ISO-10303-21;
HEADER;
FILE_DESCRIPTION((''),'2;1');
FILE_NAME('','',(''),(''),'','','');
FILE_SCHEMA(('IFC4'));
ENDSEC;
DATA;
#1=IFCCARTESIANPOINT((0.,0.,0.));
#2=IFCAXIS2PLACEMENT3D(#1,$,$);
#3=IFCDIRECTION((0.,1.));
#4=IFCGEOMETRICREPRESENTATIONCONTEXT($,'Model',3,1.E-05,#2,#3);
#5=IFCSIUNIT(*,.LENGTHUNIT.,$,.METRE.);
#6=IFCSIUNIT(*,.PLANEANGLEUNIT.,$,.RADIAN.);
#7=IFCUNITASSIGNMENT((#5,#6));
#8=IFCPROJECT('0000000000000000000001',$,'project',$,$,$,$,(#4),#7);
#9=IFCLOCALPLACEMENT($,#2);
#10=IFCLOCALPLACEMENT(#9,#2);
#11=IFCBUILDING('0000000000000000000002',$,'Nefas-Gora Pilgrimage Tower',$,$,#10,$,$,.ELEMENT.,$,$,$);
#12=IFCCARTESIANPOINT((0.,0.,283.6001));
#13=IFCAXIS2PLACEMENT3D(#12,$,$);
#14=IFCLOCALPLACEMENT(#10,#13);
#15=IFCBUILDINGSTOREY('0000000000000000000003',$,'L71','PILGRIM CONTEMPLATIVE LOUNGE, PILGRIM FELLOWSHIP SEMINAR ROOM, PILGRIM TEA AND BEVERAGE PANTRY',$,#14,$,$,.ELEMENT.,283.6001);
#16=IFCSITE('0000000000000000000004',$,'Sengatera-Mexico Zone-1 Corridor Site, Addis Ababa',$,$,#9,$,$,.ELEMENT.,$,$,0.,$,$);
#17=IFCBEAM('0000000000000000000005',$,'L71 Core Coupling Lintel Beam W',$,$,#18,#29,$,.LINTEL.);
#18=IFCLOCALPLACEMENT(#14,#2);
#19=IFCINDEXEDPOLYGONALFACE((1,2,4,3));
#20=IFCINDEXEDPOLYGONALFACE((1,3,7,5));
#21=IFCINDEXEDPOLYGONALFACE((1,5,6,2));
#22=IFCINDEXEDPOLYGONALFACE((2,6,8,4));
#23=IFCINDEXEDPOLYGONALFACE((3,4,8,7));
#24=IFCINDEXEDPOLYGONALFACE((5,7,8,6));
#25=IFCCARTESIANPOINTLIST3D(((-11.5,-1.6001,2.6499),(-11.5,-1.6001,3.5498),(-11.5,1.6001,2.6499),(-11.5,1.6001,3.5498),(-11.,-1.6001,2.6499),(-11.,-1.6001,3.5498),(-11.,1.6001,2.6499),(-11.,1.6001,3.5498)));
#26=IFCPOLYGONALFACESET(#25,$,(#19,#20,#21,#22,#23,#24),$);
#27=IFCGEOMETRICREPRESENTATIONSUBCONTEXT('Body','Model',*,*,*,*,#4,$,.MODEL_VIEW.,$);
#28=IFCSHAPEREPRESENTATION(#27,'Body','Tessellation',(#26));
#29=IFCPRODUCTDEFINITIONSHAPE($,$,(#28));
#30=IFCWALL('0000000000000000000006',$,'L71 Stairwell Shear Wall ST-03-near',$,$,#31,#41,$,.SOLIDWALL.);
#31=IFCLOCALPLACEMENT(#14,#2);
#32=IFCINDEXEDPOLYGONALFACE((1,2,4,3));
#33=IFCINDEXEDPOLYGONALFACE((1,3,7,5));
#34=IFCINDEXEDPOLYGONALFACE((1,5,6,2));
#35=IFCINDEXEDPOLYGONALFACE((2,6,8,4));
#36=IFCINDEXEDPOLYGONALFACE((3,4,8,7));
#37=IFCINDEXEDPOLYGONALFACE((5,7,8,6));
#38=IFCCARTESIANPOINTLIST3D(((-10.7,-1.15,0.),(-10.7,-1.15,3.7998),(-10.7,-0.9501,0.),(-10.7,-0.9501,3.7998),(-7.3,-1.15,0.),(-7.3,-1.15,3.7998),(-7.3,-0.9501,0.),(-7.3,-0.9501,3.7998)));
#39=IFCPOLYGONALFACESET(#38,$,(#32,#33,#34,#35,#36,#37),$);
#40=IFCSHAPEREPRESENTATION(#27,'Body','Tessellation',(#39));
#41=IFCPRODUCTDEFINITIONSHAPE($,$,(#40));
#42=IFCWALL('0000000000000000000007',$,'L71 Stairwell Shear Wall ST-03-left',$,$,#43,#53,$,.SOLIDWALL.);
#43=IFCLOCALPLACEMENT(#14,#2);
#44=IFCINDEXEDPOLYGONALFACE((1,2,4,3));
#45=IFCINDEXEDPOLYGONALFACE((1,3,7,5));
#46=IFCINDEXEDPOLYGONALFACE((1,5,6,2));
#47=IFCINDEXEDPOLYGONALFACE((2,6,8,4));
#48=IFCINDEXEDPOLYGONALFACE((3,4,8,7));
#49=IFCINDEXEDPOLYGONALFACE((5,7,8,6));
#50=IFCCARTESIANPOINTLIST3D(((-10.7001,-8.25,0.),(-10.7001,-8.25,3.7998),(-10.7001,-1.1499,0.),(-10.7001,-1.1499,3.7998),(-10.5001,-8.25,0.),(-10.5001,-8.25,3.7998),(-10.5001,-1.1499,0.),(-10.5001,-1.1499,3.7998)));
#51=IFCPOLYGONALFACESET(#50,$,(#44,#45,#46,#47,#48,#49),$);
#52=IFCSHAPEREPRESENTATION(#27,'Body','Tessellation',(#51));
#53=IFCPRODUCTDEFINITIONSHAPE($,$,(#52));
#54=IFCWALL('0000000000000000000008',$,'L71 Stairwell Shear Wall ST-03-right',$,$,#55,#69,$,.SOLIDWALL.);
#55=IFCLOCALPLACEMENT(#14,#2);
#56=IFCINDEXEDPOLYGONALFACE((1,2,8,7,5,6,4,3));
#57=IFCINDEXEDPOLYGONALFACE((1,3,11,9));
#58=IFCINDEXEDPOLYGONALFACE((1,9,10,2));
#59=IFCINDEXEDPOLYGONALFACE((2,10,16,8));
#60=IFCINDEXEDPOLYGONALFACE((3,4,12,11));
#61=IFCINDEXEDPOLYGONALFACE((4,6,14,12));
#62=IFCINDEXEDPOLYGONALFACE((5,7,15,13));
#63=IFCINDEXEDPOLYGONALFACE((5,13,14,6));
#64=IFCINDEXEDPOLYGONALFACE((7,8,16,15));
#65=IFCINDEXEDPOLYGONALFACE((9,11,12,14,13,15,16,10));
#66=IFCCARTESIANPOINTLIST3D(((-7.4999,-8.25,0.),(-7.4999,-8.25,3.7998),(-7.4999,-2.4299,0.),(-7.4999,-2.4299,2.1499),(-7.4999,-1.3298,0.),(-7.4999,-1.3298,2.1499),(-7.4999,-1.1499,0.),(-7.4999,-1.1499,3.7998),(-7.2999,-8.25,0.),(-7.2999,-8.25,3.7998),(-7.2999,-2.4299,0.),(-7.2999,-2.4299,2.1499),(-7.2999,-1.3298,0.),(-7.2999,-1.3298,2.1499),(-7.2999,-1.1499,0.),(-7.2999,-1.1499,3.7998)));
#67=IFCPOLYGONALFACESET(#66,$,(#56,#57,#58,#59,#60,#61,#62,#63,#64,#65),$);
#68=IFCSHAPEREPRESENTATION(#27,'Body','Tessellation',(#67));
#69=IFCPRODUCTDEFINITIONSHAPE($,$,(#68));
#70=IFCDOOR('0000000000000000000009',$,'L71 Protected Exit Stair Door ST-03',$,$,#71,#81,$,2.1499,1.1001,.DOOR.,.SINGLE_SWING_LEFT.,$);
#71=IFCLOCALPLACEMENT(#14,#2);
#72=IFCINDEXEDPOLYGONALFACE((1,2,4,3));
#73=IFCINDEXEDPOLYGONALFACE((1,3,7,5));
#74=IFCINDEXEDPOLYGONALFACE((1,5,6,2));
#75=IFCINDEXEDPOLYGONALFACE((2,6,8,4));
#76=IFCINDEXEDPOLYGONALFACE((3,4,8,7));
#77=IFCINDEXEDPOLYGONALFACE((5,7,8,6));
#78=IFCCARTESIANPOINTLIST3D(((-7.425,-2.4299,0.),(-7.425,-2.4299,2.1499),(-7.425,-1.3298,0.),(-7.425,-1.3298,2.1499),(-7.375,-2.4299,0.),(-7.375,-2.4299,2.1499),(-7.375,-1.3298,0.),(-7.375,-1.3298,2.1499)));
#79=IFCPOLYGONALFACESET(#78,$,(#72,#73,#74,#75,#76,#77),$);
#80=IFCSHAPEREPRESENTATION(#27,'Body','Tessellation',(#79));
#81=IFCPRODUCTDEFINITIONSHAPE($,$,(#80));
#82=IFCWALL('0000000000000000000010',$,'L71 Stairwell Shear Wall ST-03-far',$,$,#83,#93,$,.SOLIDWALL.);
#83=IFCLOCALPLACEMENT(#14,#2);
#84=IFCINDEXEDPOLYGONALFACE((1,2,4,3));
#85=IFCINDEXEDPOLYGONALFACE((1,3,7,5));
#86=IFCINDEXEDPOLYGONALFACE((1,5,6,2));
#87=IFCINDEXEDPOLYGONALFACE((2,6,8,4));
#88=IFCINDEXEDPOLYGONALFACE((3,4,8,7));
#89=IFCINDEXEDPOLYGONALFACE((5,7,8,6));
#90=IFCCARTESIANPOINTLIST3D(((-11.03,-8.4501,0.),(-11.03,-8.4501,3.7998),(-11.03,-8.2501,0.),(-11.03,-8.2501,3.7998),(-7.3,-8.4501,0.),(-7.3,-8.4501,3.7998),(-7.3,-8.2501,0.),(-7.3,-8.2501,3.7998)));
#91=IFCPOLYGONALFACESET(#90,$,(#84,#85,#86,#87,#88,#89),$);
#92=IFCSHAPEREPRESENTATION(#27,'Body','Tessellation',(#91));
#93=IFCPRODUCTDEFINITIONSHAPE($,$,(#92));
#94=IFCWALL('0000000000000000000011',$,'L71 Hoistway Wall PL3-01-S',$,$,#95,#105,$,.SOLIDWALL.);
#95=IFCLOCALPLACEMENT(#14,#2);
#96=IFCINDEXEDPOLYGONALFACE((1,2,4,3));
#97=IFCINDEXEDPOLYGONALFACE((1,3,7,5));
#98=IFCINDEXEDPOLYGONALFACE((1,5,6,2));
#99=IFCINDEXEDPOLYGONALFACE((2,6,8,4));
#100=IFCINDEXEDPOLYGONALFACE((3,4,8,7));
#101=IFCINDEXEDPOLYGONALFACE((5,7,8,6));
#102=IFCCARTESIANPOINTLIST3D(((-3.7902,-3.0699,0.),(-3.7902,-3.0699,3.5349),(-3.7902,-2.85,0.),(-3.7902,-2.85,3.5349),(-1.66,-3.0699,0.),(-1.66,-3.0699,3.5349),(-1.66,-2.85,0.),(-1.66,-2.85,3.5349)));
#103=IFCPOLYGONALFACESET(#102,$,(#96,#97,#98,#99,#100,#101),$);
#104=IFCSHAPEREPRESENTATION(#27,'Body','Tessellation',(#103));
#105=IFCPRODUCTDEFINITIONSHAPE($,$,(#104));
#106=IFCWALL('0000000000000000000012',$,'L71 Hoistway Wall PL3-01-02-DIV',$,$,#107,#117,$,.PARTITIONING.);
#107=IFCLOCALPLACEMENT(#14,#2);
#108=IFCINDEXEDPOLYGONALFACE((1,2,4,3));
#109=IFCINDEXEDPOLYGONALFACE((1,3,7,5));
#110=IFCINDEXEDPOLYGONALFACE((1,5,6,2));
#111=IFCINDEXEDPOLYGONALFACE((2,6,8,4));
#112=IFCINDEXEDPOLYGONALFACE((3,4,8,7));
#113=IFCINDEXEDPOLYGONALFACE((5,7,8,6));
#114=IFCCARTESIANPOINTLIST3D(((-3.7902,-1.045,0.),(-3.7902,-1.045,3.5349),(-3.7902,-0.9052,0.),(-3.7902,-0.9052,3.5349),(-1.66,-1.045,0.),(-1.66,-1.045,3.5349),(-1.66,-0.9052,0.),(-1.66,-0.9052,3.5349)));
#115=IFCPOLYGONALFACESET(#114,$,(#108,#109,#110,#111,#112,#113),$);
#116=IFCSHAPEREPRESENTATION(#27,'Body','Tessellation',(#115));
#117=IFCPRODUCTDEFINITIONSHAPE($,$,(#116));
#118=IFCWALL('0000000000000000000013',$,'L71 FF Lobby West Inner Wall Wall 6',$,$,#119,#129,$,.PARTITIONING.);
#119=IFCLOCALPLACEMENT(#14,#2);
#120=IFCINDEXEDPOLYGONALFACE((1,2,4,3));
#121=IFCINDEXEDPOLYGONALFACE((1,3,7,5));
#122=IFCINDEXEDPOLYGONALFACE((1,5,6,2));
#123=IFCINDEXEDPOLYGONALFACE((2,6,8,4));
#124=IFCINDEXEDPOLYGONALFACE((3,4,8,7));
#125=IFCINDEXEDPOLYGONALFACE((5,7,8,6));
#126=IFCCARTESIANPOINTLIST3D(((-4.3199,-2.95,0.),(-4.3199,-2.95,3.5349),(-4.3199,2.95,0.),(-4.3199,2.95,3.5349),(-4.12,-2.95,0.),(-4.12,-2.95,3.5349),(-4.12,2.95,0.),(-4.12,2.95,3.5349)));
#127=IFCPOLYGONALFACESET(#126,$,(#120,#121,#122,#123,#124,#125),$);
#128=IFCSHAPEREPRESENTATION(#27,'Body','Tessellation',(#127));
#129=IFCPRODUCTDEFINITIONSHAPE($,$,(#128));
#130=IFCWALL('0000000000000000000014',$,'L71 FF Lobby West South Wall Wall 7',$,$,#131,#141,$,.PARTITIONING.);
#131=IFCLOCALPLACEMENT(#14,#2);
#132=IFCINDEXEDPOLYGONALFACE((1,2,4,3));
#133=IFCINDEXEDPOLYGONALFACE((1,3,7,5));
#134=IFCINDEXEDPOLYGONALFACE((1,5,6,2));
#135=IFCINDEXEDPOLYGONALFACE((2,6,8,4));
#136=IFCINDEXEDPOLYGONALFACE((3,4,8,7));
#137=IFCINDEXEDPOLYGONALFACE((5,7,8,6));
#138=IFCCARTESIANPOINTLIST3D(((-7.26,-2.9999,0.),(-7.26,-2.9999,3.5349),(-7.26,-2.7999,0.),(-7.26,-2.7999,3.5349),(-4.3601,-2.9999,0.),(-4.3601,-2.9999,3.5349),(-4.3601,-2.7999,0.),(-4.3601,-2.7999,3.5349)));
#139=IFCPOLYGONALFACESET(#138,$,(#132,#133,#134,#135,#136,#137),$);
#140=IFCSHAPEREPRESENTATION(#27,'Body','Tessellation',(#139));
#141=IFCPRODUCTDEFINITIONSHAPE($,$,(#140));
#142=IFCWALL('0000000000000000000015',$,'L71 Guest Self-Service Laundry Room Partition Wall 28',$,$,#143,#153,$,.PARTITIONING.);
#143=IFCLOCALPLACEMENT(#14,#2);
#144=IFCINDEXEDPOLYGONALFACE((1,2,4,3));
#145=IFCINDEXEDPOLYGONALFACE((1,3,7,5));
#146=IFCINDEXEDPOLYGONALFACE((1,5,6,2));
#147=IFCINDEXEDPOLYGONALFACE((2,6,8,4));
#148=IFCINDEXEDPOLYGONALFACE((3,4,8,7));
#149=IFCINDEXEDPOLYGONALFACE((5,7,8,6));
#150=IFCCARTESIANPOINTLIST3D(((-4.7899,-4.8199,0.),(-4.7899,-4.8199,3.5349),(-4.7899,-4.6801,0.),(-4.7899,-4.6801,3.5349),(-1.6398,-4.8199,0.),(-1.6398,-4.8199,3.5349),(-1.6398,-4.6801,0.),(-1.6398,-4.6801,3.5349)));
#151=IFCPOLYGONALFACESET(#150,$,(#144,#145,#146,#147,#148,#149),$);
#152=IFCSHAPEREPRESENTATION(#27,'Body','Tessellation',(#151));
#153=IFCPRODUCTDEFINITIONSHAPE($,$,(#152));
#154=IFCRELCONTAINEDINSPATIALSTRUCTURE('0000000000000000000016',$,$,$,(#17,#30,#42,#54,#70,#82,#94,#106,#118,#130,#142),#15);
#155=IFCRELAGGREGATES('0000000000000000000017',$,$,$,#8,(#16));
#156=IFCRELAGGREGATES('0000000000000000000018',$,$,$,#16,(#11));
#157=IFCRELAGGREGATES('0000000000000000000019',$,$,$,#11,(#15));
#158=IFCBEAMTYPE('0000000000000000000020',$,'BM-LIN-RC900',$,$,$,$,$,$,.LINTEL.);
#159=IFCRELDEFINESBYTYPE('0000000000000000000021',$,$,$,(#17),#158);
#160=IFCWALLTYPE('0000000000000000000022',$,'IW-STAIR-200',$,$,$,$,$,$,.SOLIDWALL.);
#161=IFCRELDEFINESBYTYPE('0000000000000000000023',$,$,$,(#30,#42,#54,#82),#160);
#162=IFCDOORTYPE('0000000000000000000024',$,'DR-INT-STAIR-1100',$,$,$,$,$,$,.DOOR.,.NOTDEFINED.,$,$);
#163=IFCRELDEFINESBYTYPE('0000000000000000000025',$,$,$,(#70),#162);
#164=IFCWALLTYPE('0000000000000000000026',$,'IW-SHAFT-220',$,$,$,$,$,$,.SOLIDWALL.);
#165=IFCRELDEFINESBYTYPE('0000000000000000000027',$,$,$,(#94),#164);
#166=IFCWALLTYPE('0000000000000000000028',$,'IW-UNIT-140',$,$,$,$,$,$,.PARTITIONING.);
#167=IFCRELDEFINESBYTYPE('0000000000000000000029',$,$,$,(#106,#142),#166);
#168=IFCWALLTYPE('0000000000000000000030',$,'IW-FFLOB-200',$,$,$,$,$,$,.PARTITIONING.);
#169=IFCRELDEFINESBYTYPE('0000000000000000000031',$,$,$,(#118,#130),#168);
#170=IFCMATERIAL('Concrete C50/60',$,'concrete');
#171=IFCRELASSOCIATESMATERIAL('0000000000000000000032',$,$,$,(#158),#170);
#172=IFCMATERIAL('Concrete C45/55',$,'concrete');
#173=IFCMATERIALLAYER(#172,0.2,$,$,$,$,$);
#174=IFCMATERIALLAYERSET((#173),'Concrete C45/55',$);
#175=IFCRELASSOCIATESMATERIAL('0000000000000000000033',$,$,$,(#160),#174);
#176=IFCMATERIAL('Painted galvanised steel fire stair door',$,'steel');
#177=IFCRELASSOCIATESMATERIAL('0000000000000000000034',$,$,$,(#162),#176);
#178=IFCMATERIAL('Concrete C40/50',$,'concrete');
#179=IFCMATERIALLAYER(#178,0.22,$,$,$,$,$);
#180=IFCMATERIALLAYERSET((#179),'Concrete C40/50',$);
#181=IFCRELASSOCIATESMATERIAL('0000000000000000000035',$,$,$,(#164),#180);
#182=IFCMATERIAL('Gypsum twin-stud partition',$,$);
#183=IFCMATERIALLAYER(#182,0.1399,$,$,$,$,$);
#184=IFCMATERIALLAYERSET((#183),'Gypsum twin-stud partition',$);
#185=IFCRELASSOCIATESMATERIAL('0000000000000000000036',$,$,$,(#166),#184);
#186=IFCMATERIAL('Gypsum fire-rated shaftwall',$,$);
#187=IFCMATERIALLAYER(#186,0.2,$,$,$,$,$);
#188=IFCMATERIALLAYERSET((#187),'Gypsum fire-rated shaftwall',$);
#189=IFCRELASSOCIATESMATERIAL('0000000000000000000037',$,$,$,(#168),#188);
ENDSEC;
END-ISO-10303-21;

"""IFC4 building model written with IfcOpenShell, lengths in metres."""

from ifc_helpers import new_model, si_unit, direction, frame, frame_2d, origin, origin_2d, place, context, subcontext, project, spatial, rectangle, extrude, source, transform, mapped, material, layer, layer_set, material_profile, profile_set, type_object, element, fill, save


model = new_model("IFC4")

# Units and contexts
model_context = context("Model", 3, precision=1e-05, world=origin(), true_north=direction((0.0, 1.0)))
body_context = subcontext(model_context, "Body", "Model", "MODEL_VIEW")
ifc_project = project(units=[si_unit("LENGTHUNIT", "METRE"), si_unit("PLANEANGLEUNIT", "RADIAN")], contexts=[model_context])

# Site, building, storey
site_placement = place(None, origin())
site = spatial("IfcSite", under=ifc_project, at=site_placement, Name="Sengatera-Mexico Zone-1 Corridor Site, Addis Ababa", CompositionType="ELEMENT", RefElevation=0.0)
building_placement = place(site_placement, origin())
building = spatial("IfcBuilding", under=site, at=building_placement, Name="Nefas-Gora Pilgrimage Tower", CompositionType="ELEMENT")
storey_placement = place(building_placement, frame((0.0, 0.0, 283.6001)))
storey = spatial("IfcBuildingStorey", under=building, at=storey_placement, Name="L71", Description="PILGRIM CONTEMPLATIVE LOUNGE, PILGRIM FELLOWSHIP SEMINAR ROOM, PILGRIM TEA AND BEVERAGE PANTRY", CompositionType="ELEMENT", Elevation=283.6001)

# Beam
ifc_material_1 = material(Name="Concrete C50/60", Category="concrete")
ifc_material_profile = material_profile(ifc_material_1, rectangle(XDim=0.5, YDim=0.8999, at=origin_2d()), Name="RC 500x900")
ifc_profile_set = profile_set([ifc_material_profile], Name="Concrete C50/60")
beam_type = type_object("IfcBeamType", Name="BM-LIN-RC900", PredefinedType="LINTEL", material=ifc_profile_set)
shared_shape_1 = source(origin(), body_context, "Body", "SweptSolid", [
    extrude(rectangle(XDim=0.5, YDim=0.8999, at=origin_2d()), origin(), (0.0, 0.0, 1.0), 3.2002),
])
beam_placement = place(storey_placement, frame((-11.25, -1.6001, 3.0999), z_axis=(0.0, 1.0, 0.0), x_axis=(-1.0, 0.0, 0.0)))
element("IfcBeam", 1, at=beam_placement, inside=storey, type_object=beam_type, Name="L71 Core Coupling Lintel Beam W", PredefinedType="LINTEL", context=body_context, shape_type="MappedRepresentation", body=[
    mapped(shared_shape_1, transform((0.0, 0.0, 0.0), x_axis=(1.0, 0.0, 0.0), y_axis=(0.0, 1.0, 0.0), z_axis=(0.0, 0.0, 1.0), scale=1.0)),
])

# Walls
ifc_material_2 = material(Name="Concrete C45/55", Category="concrete")
ifc_layer_1 = layer(ifc_material_2, 0.2)
ifc_layer_set_1 = layer_set([ifc_layer_1], Name="Concrete C45/55")
wall_type_1 = type_object("IfcWallType", Name="IW-STAIR-200", PredefinedType="SOLIDWALL", material=ifc_layer_set_1)
shared_shape_2 = source(origin(), body_context, "Body", "SweptSolid", [
    extrude(rectangle(XDim=3.3999, YDim=0.2, at=frame_2d((1.7, 0.0))), origin(), (0.0, 0.0, 1.0), 3.7998),
])
wall_1_placement = place(storey_placement, frame((-10.7, -1.05, 0.0), z_axis=(0.0, 0.0, 1.0), x_axis=(1.0, 0.0, 0.0)))
element("IfcWall", 2, at=wall_1_placement, inside=storey, type_object=wall_type_1, Name="L71 Stairwell Shear Wall ST-03-near", PredefinedType="SOLIDWALL", context=body_context, shape_type="MappedRepresentation", body=[
    mapped(shared_shape_2, transform((0.0, 0.0, 0.0), x_axis=(1.0, 0.0, 0.0), y_axis=(0.0, 1.0, 0.0), z_axis=(0.0, 0.0, 1.0), scale=1.0)),
])
shared_shape_3 = source(origin(), body_context, "Body", "SweptSolid", [
    extrude(rectangle(XDim=7.1001, YDim=0.2, at=frame_2d((3.55, 0.0))), origin(), (0.0, 0.0, 1.0), 3.7998),
])
wall_2_placement = place(storey_placement, frame((-10.6001, -1.1499, 0.0), z_axis=(0.0, 0.0, 1.0), x_axis=(0.0, -1.0, 0.0)))
element("IfcWall", 3, at=wall_2_placement, inside=storey, type_object=wall_type_1, Name="L71 Stairwell Shear Wall ST-03-left", PredefinedType="SOLIDWALL", context=body_context, shape_type="MappedRepresentation", body=[
    mapped(shared_shape_3, transform((0.0, 0.0, 0.0), x_axis=(1.0, 0.0, 0.0), y_axis=(0.0, 1.0, 0.0), z_axis=(0.0, 0.0, 1.0), scale=1.0)),
])

# Wall, opening, door
wall_3_placement = place(storey_placement, frame((-7.3999, -1.1499, 0.0), z_axis=(0.0, 0.0, 1.0), x_axis=(0.0, -1.0, 0.0)))
wall_3 = element("IfcWall", 4, at=wall_3_placement, inside=storey, type_object=wall_type_1, Name="L71 Stairwell Shear Wall ST-03-right", PredefinedType="SOLIDWALL", context=body_context, shape_type="MappedRepresentation", body=[
    mapped(shared_shape_3, transform((0.0, 0.0, 0.0), x_axis=(1.0, 0.0, 0.0), y_axis=(0.0, 1.0, 0.0), z_axis=(0.0, 0.0, 1.0), scale=1.0)),
])
opening_placement = place(wall_3_placement, frame((0.1799, 0.0, 0.0)))
opening = element("IfcOpeningElement", 5, at=opening_placement, cuts=wall_3, PredefinedType="OPENING", context=body_context, shape_type="SweptSolid", body=[
    extrude(rectangle(XDim=1.1001, YDim=2.1499, at=frame_2d((0.55, 1.075))), frame((0.0, 0.1099, 0.0), z_axis=(0.0, -1.0, 0.0), x_axis=(1.0, 0.0, 0.0)), (0.0, 0.0, 1.0), 0.22),
])
ifc_material_3 = material(Name="Painted galvanised steel fire stair door", Category="steel")
door_type = type_object("IfcDoorType", Name="DR-INT-STAIR-1100", OperationType="NOTDEFINED", PredefinedType="DOOR", material=ifc_material_3)
shared_shape_4 = source(origin(), body_context, "Body", "SweptSolid", [
    extrude(rectangle(XDim=1.1001, YDim=2.1499, at=frame_2d((0.55, 1.075))), frame((0.0, 0.0249, 0.0), z_axis=(0.0, -1.0, 0.0), x_axis=(1.0, 0.0, 0.0)), (0.0, 0.0, 1.0), 0.05),
])
door_placement = place(opening_placement, origin())
door = element("IfcDoor", 6, at=door_placement, inside=storey, type_object=door_type, Name="L71 Protected Exit Stair Door ST-03", OperationType="SINGLE_SWING_LEFT", OverallHeight=2.1499, OverallWidth=1.1001, PredefinedType="DOOR", context=body_context, shape_type="MappedRepresentation", body=[
    mapped(shared_shape_4, transform((0.0, 0.0, 0.0), x_axis=(1.0, 0.0, 0.0), y_axis=(0.0, 1.0, 0.0), z_axis=(0.0, 0.0, 1.0), scale=1.0)),
])
fill(opening, door)

# Walls
shared_shape_5 = source(origin(), body_context, "Body", "SweptSolid", [
    extrude(rectangle(XDim=3.73, YDim=0.2, at=frame_2d((1.865, 0.0))), origin(), (0.0, 0.0, 1.0), 3.7998),
])
wall_4_placement = place(storey_placement, frame((-11.03, -8.3501, 0.0), z_axis=(0.0, 0.0, 1.0), x_axis=(1.0, 0.0, 0.0)))
element("IfcWall", 7, at=wall_4_placement, inside=storey, type_object=wall_type_1, Name="L71 Stairwell Shear Wall ST-03-far", PredefinedType="SOLIDWALL", context=body_context, shape_type="MappedRepresentation", body=[
    mapped(shared_shape_5, transform((0.0, 0.0, 0.0), x_axis=(1.0, 0.0, 0.0), y_axis=(0.0, 1.0, 0.0), z_axis=(0.0, 0.0, 1.0), scale=1.0)),
])
ifc_material_4 = material(Name="Concrete C40/50", Category="concrete")
ifc_layer_2 = layer(ifc_material_4, 0.22)
ifc_layer_set_2 = layer_set([ifc_layer_2], Name="Concrete C40/50")
wall_type_2 = type_object("IfcWallType", Name="IW-SHAFT-220", PredefinedType="SOLIDWALL", material=ifc_layer_set_2)
shared_shape_6 = source(origin(), body_context, "Body", "SweptSolid", [
    extrude(rectangle(XDim=2.1301, YDim=0.22, at=frame_2d((1.0649, 0.0))), origin(), (0.0, 0.0, 1.0), 3.5349),
])
wall_5_placement = place(storey_placement, frame((-3.79, -2.96, 0.0), z_axis=(0.0, 0.0, 1.0), x_axis=(1.0, 0.0, 0.0)))
element("IfcWall", 8, at=wall_5_placement, inside=storey, type_object=wall_type_2, Name="L71 Hoistway Wall PL3-01-S", PredefinedType="SOLIDWALL", context=body_context, shape_type="MappedRepresentation", body=[
    mapped(shared_shape_6, transform((0.0, 0.0, 0.0), x_axis=(1.0, 0.0, 0.0), y_axis=(0.0, 1.0, 0.0), z_axis=(0.0, 0.0, 1.0), scale=1.0)),
])
ifc_material_5 = material(Name="Gypsum twin-stud partition")
ifc_layer_3 = layer(ifc_material_5, 0.1399)
ifc_layer_set_3 = layer_set([ifc_layer_3], Name="Gypsum twin-stud partition")
wall_type_3 = type_object("IfcWallType", Name="IW-UNIT-140", PredefinedType="PARTITIONING", material=ifc_layer_set_3)
shared_shape_7 = source(origin(), body_context, "Body", "SweptSolid", [
    extrude(rectangle(XDim=2.1301, YDim=0.1399, at=frame_2d((1.0649, 0.0))), origin(), (0.0, 0.0, 1.0), 3.5349),
])
wall_6_placement = place(storey_placement, frame((-3.79, -0.9751, 0.0), z_axis=(0.0, 0.0, 1.0), x_axis=(1.0, 0.0, 0.0)))
element("IfcWall", 9, at=wall_6_placement, inside=storey, type_object=wall_type_3, Name="L71 Hoistway Wall PL3-01-02-DIV", PredefinedType="PARTITIONING", context=body_context, shape_type="MappedRepresentation", body=[
    mapped(shared_shape_7, transform((0.0, 0.0, 0.0), x_axis=(1.0, 0.0, 0.0), y_axis=(0.0, 1.0, 0.0), z_axis=(0.0, 0.0, 1.0), scale=1.0)),
])
ifc_material_6 = material(Name="Gypsum fire-rated shaftwall")
ifc_layer_4 = layer(ifc_material_6, 0.2)
ifc_layer_set_4 = layer_set([ifc_layer_4], Name="Gypsum fire-rated shaftwall")
wall_type_4 = type_object("IfcWallType", Name="IW-FFLOB-200", PredefinedType="PARTITIONING", material=ifc_layer_set_4)
shared_shape_8 = source(origin(), body_context, "Body", "SweptSolid", [
    extrude(rectangle(XDim=5.8999, YDim=0.2, at=frame_2d((2.95, 0.0))), origin(), (0.0, 0.0, 1.0), 3.5349),
])
wall_7_placement = place(storey_placement, frame((-4.22, -2.95, 0.0), z_axis=(0.0, 0.0, 1.0), x_axis=(0.0, 1.0, 0.0)))
element("IfcWall", 10, at=wall_7_placement, inside=storey, type_object=wall_type_4, Name="L71 FF Lobby West Inner Wall Wall 6", PredefinedType="PARTITIONING", context=body_context, shape_type="MappedRepresentation", body=[
    mapped(shared_shape_8, transform((0.0, 0.0, 0.0), x_axis=(1.0, 0.0, 0.0), y_axis=(0.0, 1.0, 0.0), z_axis=(0.0, 0.0, 1.0), scale=1.0)),
])
shared_shape_9 = source(origin(), body_context, "Body", "SweptSolid", [
    extrude(rectangle(XDim=2.8999, YDim=0.2, at=frame_2d((1.45, 0.0))), origin(), (0.0, 0.0, 1.0), 3.5349),
])
wall_8_placement = place(storey_placement, frame((-7.26, -2.8999, 0.0), z_axis=(0.0, 0.0, 1.0), x_axis=(1.0, 0.0, 0.0)))
element("IfcWall", 11, at=wall_8_placement, inside=storey, type_object=wall_type_4, Name="L71 FF Lobby West South Wall Wall 7", PredefinedType="PARTITIONING", context=body_context, shape_type="MappedRepresentation", body=[
    mapped(shared_shape_9, transform((0.0, 0.0, 0.0), x_axis=(1.0, 0.0, 0.0), y_axis=(0.0, 1.0, 0.0), z_axis=(0.0, 0.0, 1.0), scale=1.0)),
])
shared_shape_10 = source(origin(), body_context, "Body", "SweptSolid", [
    extrude(rectangle(XDim=3.1501, YDim=0.1399, at=frame_2d((1.5752, 0.0))), origin(), (0.0, 0.0, 1.0), 3.5349),
])
wall_9_placement = place(storey_placement, frame((-4.79, -4.75, 0.0), z_axis=(0.0, 0.0, 1.0), x_axis=(1.0, 0.0, 0.0)))
element("IfcWall", 12, at=wall_9_placement, inside=storey, type_object=wall_type_3, Name="L71 Guest Self-Service Laundry Room Partition Wall 28", PredefinedType="PARTITIONING", context=body_context, shape_type="MappedRepresentation", body=[
    mapped(shared_shape_10, transform((0.0, 0.0, 0.0), x_axis=(1.0, 0.0, 0.0), y_axis=(0.0, 1.0, 0.0), z_axis=(0.0, 0.0, 1.0), scale=1.0)),
])

save(model, "model.ifc")
